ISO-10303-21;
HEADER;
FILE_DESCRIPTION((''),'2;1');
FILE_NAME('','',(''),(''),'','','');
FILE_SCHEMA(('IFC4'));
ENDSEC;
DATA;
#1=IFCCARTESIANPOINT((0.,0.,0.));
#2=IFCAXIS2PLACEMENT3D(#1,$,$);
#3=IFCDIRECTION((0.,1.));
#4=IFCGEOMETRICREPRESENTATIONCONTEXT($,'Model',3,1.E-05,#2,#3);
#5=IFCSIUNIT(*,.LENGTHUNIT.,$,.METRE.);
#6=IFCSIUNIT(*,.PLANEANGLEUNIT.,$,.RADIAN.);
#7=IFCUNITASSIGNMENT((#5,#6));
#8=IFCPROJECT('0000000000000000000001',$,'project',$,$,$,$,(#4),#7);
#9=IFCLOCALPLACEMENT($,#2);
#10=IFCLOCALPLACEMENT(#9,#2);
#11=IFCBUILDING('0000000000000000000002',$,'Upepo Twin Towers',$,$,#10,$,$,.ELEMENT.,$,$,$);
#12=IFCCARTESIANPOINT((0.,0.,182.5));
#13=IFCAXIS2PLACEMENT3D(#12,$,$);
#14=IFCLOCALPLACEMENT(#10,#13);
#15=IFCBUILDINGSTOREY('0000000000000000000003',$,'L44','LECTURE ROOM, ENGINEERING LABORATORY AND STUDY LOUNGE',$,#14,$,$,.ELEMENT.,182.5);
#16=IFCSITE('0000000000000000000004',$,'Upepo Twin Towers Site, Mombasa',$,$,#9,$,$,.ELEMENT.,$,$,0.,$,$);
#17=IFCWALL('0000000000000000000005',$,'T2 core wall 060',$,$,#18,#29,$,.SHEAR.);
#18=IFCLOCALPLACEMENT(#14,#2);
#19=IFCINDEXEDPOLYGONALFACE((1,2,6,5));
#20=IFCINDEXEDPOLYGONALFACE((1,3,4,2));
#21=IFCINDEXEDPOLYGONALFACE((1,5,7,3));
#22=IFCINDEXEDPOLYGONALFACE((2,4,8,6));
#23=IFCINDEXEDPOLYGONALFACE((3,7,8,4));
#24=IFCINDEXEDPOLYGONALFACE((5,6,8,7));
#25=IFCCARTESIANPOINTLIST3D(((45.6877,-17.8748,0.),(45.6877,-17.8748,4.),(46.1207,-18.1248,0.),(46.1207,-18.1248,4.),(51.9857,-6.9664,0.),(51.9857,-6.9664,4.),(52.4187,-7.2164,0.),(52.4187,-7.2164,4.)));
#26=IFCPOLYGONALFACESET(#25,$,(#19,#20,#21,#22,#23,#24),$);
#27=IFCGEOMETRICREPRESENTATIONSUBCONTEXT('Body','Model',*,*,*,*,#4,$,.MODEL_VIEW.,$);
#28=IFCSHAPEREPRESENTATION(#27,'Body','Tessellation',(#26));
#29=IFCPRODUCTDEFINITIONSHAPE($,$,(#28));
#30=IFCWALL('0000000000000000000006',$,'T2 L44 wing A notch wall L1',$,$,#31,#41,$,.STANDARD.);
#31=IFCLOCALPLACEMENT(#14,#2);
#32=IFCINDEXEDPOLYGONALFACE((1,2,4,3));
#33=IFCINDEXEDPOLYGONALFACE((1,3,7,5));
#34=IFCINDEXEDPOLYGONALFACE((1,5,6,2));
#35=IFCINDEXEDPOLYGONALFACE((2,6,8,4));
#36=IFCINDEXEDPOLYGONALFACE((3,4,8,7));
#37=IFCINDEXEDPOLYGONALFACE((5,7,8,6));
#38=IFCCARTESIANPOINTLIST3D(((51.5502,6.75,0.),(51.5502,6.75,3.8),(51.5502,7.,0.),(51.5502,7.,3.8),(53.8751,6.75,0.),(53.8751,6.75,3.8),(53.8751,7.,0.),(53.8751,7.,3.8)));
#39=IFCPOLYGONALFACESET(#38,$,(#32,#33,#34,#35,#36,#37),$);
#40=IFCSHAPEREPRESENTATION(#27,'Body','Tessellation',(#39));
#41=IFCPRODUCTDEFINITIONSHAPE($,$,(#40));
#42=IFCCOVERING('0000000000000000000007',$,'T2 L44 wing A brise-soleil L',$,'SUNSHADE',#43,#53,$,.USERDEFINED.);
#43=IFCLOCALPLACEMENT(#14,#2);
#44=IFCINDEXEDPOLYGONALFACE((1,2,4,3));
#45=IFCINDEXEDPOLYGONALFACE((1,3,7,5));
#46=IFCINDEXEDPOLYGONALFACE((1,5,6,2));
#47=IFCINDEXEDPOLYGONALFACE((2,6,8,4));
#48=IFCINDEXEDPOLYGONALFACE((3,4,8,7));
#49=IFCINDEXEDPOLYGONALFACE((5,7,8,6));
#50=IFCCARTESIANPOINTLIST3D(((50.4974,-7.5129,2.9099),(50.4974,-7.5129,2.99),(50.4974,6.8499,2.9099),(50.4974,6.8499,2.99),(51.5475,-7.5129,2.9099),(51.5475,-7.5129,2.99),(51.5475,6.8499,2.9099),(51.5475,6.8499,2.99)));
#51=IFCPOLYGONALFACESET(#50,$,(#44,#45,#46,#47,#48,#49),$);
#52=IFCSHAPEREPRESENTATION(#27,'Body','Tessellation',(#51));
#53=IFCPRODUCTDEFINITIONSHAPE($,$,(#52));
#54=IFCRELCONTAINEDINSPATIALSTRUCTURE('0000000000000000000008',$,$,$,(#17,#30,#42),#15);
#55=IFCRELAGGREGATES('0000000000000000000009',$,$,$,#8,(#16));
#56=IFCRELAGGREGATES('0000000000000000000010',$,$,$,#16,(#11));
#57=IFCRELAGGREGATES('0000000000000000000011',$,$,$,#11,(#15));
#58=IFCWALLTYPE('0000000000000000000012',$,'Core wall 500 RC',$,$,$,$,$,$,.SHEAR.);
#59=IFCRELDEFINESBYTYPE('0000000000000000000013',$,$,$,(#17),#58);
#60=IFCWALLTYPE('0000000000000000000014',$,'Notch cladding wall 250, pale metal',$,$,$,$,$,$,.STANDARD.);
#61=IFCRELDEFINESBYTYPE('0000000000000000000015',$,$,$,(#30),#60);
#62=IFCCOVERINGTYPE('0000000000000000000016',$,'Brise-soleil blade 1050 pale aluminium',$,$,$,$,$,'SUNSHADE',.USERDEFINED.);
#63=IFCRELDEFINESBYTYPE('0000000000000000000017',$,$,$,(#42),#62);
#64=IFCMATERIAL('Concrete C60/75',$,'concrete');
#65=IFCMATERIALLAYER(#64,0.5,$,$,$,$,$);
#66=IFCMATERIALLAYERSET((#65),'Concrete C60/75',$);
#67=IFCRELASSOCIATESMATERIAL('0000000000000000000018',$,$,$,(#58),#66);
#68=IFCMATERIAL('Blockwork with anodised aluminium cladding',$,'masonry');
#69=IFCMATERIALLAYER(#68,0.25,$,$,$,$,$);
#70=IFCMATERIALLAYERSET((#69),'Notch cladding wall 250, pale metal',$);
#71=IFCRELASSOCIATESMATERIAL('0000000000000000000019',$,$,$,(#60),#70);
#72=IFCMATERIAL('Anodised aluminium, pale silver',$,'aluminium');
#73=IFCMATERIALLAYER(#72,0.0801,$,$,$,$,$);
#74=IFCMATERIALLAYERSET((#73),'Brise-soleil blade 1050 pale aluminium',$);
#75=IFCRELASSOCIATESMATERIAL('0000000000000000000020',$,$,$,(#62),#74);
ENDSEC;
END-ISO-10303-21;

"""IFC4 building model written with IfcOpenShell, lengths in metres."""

from ifc_helpers import new_model, si_unit, direction, frame, frame_2d, origin, origin_2d, place, context, subcontext, project, spatial, rectangle, extrude, material, layer, layer_set, type_object, element, save


model = new_model("IFC4")

# Units and contexts
model_context = context("Model", 3, precision=1e-05, world=origin(), true_north=direction((0.0, 1.0)))
body_context = subcontext(model_context, "Body", "Model", "MODEL_VIEW")
ifc_project = project(units=[si_unit("LENGTHUNIT", "METRE"), si_unit("PLANEANGLEUNIT", "RADIAN")], contexts=[model_context])

# Site, building, storey
site_placement = place(None, origin())
site = spatial("IfcSite", under=ifc_project, at=site_placement, Name="Upepo Twin Towers Site, Mombasa", CompositionType="ELEMENT", RefElevation=0.0)
building_placement = place(site_placement, origin())
building = spatial("IfcBuilding", under=site, at=building_placement, Name="Upepo Twin Towers", CompositionType="ELEMENT")
storey_placement = place(building_placement, frame((0.0, 0.0, 182.5)))
storey = spatial("IfcBuildingStorey", under=building, at=storey_placement, Name="L44", Description="LECTURE ROOM, ENGINEERING LABORATORY AND STUDY LOUNGE", CompositionType="ELEMENT", Elevation=182.5)

# Walls
ifc_material_1 = material(Name="Concrete C60/75", Category="concrete")
ifc_layer_1 = layer(ifc_material_1, 0.5)
ifc_layer_set_1 = layer_set([ifc_layer_1], Name="Concrete C60/75")
wall_type_1 = type_object("IfcWallType", Name="Core wall 500 RC", PredefinedType="SHEAR", material=ifc_layer_set_1)
wall_1_placement = place(storey_placement, frame((52.2021, -7.0916, 0.0), z_axis=(0.0, 0.0, 1.0), x_axis=(-0.500006, -0.866022, 0.0)))
element("IfcWall", 1, at=wall_1_placement, inside=storey, type_object=wall_type_1, Name="T2 core wall 060", PredefinedType="SHEAR", context=body_context, shape_type="SweptSolid", body=[
    extrude(rectangle(XDim=12.5959, YDim=0.5, at=frame_2d((6.2979, 0.0))), origin(), (0.0, 0.0, 1.0), 4.0),
])
ifc_material_2 = material(Name="Blockwork with anodised aluminium cladding", Category="masonry")
ifc_layer_2 = layer(ifc_material_2, 0.25)
ifc_layer_set_2 = layer_set([ifc_layer_2], Name="Notch cladding wall 250, pale metal")
wall_type_2 = type_object("IfcWallType", Name="Notch cladding wall 250, pale metal", PredefinedType="STANDARD", material=ifc_layer_set_2)
wall_2_placement = place(storey_placement, frame((51.55, 6.875, 0.0), z_axis=(0.0, 0.0, 1.0), x_axis=(1.0, 0.0, 0.0)))
element("IfcWall", 2, at=wall_2_placement, inside=storey, type_object=wall_type_2, Name="T2 L44 wing A notch wall L1", PredefinedType="STANDARD", context=body_context, shape_type="SweptSolid", body=[
    extrude(rectangle(XDim=2.325, YDim=0.25, at=frame_2d((1.1626, 0.0))), origin(), (0.0, 0.0, 1.0), 3.8),
])

# Covering
ifc_material_3 = material(Name="Anodised aluminium, pale silver", Category="aluminium")
ifc_layer_3 = layer(ifc_material_3, 0.0801)
ifc_layer_set_3 = layer_set([ifc_layer_3], Name="Brise-soleil blade 1050 pale aluminium")
covering_type = type_object("IfcCoveringType", Name="Brise-soleil blade 1050 pale aluminium", ElementType="SUNSHADE", PredefinedType="USERDEFINED", material=ifc_layer_set_3)
covering_placement = place(storey_placement, frame((51.0225, -0.3315, 2.9099), z_axis=(0.0, 0.0, 1.0), x_axis=(0.0, 1.0, 0.0)))
element("IfcCovering", 3, at=covering_placement, inside=storey, type_object=covering_type, Name="T2 L44 wing A brise-soleil L", ObjectType="SUNSHADE", PredefinedType="USERDEFINED", context=body_context, shape_type="SweptSolid", body=[
    extrude(rectangle(XDim=14.3628, YDim=1.05, at=origin_2d()), origin(), (0.0, 0.0, 1.0), 0.0801),
])

save(model, "model.ifc")
